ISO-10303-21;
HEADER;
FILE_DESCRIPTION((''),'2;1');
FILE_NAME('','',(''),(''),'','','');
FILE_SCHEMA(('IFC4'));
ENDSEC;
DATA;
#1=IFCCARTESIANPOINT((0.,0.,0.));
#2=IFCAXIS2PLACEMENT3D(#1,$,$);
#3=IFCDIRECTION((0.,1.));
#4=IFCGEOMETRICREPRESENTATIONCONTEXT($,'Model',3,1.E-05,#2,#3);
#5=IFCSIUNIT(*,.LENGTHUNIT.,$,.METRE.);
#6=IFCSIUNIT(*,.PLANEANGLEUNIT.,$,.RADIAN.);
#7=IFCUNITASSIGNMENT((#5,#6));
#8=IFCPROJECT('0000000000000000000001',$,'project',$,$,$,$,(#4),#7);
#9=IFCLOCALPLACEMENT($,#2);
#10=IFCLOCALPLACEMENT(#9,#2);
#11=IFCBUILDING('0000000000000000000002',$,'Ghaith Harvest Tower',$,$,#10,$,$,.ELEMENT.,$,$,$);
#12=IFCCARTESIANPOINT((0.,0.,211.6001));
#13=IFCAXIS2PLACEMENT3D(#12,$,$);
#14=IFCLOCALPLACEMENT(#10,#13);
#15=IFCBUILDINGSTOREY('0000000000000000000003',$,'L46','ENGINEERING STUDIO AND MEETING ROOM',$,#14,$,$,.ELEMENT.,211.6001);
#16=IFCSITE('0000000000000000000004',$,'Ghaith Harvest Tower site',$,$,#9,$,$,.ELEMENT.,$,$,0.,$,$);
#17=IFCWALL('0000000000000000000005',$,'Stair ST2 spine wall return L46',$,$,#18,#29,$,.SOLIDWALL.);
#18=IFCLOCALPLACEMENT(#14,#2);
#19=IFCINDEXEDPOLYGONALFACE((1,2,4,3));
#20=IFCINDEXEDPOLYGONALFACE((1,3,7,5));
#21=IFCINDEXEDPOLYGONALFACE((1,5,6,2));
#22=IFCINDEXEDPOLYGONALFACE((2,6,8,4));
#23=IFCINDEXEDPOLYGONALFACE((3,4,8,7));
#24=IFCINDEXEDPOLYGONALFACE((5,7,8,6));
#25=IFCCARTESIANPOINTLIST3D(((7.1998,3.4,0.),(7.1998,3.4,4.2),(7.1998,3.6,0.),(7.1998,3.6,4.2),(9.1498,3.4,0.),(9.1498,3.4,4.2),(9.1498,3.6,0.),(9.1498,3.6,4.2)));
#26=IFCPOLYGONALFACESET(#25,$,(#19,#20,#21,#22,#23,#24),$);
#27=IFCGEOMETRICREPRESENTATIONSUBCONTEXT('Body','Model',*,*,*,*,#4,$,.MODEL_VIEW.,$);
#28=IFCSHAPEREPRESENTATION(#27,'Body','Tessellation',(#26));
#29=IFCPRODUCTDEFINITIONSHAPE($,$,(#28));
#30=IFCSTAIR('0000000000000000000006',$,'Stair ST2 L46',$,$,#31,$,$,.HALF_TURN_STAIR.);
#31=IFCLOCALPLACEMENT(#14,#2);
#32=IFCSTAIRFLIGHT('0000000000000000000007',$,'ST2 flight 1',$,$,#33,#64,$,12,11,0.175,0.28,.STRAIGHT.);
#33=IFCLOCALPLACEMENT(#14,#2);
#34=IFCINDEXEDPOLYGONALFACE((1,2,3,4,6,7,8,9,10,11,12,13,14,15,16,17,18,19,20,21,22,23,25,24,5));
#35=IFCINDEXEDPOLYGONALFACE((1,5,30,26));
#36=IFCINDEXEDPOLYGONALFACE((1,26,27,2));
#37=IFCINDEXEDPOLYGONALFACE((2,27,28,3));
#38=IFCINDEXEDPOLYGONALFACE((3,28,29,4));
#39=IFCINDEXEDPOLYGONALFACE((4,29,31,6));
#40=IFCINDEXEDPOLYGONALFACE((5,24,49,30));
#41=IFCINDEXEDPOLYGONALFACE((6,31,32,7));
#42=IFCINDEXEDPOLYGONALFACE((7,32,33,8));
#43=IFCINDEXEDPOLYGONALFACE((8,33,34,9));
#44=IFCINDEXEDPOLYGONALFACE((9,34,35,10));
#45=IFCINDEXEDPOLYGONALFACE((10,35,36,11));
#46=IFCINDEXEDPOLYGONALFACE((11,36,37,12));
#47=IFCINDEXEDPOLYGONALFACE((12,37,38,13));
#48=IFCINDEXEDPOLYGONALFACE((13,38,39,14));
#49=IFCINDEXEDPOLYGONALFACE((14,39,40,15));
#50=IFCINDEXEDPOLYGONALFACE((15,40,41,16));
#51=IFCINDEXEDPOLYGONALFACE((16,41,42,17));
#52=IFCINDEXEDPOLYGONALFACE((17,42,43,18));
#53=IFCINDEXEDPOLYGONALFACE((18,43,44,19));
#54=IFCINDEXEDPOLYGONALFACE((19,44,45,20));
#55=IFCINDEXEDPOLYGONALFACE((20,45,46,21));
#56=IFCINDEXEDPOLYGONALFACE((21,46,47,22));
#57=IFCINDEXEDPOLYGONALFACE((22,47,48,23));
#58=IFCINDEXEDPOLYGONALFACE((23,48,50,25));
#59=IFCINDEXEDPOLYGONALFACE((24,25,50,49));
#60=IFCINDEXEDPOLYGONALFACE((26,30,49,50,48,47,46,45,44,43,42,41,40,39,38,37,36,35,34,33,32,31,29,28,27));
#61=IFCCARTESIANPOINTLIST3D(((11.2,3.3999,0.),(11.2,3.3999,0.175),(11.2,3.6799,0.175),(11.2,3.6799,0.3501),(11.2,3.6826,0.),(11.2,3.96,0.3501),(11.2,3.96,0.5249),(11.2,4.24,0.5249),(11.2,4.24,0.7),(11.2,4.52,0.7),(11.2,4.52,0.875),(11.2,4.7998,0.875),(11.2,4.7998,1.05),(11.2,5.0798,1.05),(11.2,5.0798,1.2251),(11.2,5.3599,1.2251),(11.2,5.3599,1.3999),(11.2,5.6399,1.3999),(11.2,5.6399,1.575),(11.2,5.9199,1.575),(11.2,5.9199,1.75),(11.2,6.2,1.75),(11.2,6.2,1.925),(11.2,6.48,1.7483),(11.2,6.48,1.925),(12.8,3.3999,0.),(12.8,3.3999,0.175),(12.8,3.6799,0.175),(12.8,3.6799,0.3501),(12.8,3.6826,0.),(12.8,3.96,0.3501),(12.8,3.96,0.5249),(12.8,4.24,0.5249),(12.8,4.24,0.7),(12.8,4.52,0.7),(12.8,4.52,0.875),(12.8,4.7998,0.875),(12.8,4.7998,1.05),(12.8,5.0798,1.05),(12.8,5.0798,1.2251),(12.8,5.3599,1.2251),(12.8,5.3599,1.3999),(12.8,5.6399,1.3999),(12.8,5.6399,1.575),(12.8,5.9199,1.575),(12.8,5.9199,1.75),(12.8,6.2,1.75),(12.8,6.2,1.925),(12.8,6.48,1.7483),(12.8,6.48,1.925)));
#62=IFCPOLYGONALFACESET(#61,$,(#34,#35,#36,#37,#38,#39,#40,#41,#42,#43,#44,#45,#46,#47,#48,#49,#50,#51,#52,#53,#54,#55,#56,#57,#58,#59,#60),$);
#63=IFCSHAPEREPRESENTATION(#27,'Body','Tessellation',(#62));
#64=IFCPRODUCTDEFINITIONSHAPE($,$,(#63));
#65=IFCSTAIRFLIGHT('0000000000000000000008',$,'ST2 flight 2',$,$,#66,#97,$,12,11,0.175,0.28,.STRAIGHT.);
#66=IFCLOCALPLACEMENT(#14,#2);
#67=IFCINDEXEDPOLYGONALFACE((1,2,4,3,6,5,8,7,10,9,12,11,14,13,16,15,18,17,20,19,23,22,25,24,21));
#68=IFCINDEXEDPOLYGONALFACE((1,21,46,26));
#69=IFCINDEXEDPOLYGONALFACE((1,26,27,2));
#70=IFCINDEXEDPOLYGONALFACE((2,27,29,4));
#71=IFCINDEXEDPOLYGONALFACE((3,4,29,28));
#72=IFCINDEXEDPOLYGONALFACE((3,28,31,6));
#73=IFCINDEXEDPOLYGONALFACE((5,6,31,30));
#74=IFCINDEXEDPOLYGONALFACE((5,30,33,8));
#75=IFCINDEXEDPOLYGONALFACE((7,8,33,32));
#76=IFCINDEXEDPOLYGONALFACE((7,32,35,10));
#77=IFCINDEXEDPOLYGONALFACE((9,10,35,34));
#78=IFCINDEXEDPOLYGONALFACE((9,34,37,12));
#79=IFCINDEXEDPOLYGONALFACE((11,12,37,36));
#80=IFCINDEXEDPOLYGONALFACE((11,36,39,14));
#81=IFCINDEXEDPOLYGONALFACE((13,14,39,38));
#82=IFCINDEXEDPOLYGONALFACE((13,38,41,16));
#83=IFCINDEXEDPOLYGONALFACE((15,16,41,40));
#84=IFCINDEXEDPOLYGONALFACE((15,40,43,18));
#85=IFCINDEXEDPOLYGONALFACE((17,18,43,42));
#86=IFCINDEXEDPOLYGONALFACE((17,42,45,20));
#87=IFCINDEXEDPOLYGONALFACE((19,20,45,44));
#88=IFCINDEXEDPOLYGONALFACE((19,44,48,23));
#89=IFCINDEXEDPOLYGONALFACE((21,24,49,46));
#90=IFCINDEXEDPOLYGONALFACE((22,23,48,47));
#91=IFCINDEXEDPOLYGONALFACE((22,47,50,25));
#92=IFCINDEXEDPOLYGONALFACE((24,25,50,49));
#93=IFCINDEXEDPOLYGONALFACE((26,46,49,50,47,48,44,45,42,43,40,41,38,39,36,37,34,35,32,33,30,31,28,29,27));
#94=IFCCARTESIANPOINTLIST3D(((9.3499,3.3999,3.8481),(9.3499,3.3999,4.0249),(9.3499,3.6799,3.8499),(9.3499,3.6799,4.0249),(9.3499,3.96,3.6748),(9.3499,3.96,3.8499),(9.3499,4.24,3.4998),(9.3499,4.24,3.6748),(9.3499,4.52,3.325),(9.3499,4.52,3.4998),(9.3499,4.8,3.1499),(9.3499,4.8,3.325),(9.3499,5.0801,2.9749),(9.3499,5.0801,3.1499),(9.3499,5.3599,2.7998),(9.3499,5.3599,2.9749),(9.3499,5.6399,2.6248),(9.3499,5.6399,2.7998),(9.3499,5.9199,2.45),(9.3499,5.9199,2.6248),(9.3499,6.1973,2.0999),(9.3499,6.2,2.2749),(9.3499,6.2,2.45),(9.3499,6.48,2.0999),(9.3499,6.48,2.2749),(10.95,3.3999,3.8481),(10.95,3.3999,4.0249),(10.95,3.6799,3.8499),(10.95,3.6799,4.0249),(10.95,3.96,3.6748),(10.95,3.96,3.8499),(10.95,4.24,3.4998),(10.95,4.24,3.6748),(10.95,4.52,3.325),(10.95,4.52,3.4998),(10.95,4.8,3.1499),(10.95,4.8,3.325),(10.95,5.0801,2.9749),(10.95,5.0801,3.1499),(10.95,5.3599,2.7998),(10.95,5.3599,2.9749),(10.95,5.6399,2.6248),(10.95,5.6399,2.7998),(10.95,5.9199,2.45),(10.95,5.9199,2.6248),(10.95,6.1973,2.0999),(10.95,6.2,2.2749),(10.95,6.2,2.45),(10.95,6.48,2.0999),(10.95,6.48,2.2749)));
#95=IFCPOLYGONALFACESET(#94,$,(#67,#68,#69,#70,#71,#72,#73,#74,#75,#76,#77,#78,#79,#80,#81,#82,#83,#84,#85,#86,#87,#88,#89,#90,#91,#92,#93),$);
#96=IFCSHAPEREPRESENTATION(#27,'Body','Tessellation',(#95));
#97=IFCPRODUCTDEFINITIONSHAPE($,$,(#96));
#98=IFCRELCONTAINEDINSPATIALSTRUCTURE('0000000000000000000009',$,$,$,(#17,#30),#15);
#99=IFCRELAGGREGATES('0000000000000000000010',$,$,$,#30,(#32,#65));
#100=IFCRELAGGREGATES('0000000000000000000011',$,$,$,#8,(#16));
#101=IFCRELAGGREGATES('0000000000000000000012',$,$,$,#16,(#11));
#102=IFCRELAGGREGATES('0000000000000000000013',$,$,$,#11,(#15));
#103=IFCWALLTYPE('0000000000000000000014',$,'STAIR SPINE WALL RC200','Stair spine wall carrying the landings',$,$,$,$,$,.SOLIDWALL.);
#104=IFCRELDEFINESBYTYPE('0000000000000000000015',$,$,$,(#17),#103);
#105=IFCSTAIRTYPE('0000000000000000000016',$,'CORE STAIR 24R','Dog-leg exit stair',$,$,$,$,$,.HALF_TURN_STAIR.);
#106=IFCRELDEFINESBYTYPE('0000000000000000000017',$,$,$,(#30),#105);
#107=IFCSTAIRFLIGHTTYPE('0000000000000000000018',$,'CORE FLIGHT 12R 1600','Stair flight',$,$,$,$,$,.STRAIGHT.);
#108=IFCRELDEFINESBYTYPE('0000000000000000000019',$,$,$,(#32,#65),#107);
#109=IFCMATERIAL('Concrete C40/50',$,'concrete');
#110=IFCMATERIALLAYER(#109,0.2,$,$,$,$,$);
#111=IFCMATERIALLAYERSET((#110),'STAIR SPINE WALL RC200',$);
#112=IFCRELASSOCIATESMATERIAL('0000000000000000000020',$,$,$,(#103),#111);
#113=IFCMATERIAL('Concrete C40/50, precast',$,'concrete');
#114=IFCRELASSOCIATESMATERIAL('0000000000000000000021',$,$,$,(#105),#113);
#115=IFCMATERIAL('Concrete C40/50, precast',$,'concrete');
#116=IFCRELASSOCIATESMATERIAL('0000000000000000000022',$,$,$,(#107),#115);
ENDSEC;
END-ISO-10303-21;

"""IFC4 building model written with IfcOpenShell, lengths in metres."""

from ifc_helpers import new_model, si_unit, direction, frame, frame_2d, origin, place, context, subcontext, project, spatial, polyline, rectangle, outline, extrude, material, layer, layer_set, type_object, element, aggregate, save


model = new_model("IFC4")

# Units and contexts
model_context = context("Model", 3, precision=1e-05, world=origin(), true_north=direction((0.0, 1.0)))
body_context = subcontext(model_context, "Body", "Model", "MODEL_VIEW")
ifc_project = project(units=[si_unit("LENGTHUNIT", "METRE"), si_unit("PLANEANGLEUNIT", "RADIAN")], contexts=[model_context])

# Site, building, storey
site_placement = place(None, origin())
site = spatial("IfcSite", under=ifc_project, at=site_placement, Name="Ghaith Harvest Tower site", CompositionType="ELEMENT", RefElevation=0.0)
building_placement = place(site_placement, origin())
building = spatial("IfcBuilding", under=site, at=building_placement, Name="Ghaith Harvest Tower", CompositionType="ELEMENT")
storey_placement = place(building_placement, frame((0.0, 0.0, 211.6001)))
storey = spatial("IfcBuildingStorey", under=building, at=storey_placement, Name="L46", Description="ENGINEERING STUDIO AND MEETING ROOM", CompositionType="ELEMENT", Elevation=211.6001)

# Wall
ifc_material_1 = material(Name="Concrete C40/50", Category="concrete")
ifc_layer_1 = layer(ifc_material_1, 0.2)
ifc_layer_set_1 = layer_set([ifc_layer_1], Name="STAIR SPINE WALL RC200")
wall_type_1 = type_object("IfcWallType", Name="STAIR SPINE WALL RC200", Description="Stair spine wall carrying the landings", PredefinedType="SOLIDWALL", material=ifc_layer_set_1)
wall_1_placement = place(storey_placement, frame((9.1499, 3.5, 0.0), z_axis=(0.0, 0.0, 1.0), x_axis=(-1.0, 0.0, 0.0)))
element("IfcWall", 1, at=wall_1_placement, inside=storey, type_object=wall_type_1, Name="Stair ST2 spine wall return L46", PredefinedType="SOLIDWALL", context=body_context, shape_type="SweptSolid", body=[
    extrude(rectangle(XDim=1.95, YDim=0.2, at=frame_2d((0.9751, 0.0))), origin(), (0.0, 0.0, 1.0), 4.2),
])

# Stair, stair flights
ifc_material_2 = material(Name="Concrete C40/50, precast", Category="concrete")
stair_type = type_object("IfcStairType", Name="CORE STAIR 24R", Description="Dog-leg exit stair", PredefinedType="HALF_TURN_STAIR", material=ifc_material_2)
stair_placement = place(storey_placement, origin())
stair = element("IfcStair", 2, at=stair_placement, inside=storey, type_object=stair_type, Name="Stair ST2 L46", PredefinedType="HALF_TURN_STAIR")
ifc_material_3 = material(Name="Concrete C40/50, precast", Category="concrete")
stair_flight_type = type_object("IfcStairFlightType", Name="CORE FLIGHT 12R 1600", Description="Stair flight", PredefinedType="STRAIGHT", material=ifc_material_3)
stair_flight_1_placement = place(storey_placement, frame((12.0, 3.3999, 0.0), z_axis=(0.0, 0.0, 1.0), x_axis=(0.0, 1.0, 0.0)))
stair_flight_1 = element("IfcStairFlight", 3, at=stair_flight_1_placement, type_object=stair_flight_type, Name="ST2 flight 1", NumberOfRisers=12, NumberOfTreads=11, PredefinedType="STRAIGHT", RiserHeight=0.175, TreadLength=0.28, context=body_context, shape_type="SweptSolid", body=[
    extrude(outline(polyline([(0.0, 0.0), (0.0, 0.175), (0.28, 0.175), (0.28, 0.3501), (0.5601, 0.3501), (0.5601, 0.5249), (0.8401, 0.5249), (0.8401, 0.7), (1.1201, 0.7), (1.1201, 0.875), (1.3999, 0.875), (1.3999, 1.05), (1.6799, 1.05), (1.6799, 1.2251), (1.96, 1.2251), (1.96, 1.3999), (2.24, 1.3999), (2.24, 1.575), (2.52, 1.575), (2.52, 1.75), (2.8, 1.75), (2.8, 1.925), (3.0801, 1.925), (3.0801, 2.1001), (3.0801, 1.7483), (0.2827, 0.0), (0.0, 0.0)])), frame((0.0, 0.8, 0.0), z_axis=(0.0, -1.0, 0.0), x_axis=(1.0, 0.0, 0.0)), (0.0, 0.0, 1.0), 1.6001),
])
stair_flight_2_placement = place(storey_placement, frame((10.1499, 6.48, 2.0999), z_axis=(0.0, 0.0, 1.0), x_axis=(0.0, -1.0, 0.0)))
stair_flight_2 = element("IfcStairFlight", 4, at=stair_flight_2_placement, type_object=stair_flight_type, Name="ST2 flight 2", NumberOfRisers=12, NumberOfTreads=11, PredefinedType="STRAIGHT", RiserHeight=0.175, TreadLength=0.28, context=body_context, shape_type="SweptSolid", body=[
    extrude(outline(polyline([(0.0, 0.0), (0.0, 0.175), (0.28, 0.175), (0.28, 0.3501), (0.5601, 0.3501), (0.5601, 0.5249), (0.8401, 0.5249), (0.8401, 0.7), (1.1201, 0.7), (1.1201, 0.875), (1.3999, 0.875), (1.3999, 1.05), (1.6799, 1.05), (1.6799, 1.2251), (1.96, 1.2251), (1.96, 1.3999), (2.24, 1.3999), (2.24, 1.575), (2.52, 1.575), (2.52, 1.75), (2.8, 1.75), (2.8, 1.925), (3.0801, 1.925), (3.0801, 2.1001), (3.0801, 1.7483), (0.2827, 0.0), (0.0, 0.0)])), frame((0.0, 0.8, 0.0), z_axis=(0.0, -1.0, 0.0), x_axis=(1.0, 0.0, 0.0)), (0.0, 0.0, 1.0), 1.6001),
])
aggregate(stair, [stair_flight_1, stair_flight_2])

save(model, "model.ifc")
